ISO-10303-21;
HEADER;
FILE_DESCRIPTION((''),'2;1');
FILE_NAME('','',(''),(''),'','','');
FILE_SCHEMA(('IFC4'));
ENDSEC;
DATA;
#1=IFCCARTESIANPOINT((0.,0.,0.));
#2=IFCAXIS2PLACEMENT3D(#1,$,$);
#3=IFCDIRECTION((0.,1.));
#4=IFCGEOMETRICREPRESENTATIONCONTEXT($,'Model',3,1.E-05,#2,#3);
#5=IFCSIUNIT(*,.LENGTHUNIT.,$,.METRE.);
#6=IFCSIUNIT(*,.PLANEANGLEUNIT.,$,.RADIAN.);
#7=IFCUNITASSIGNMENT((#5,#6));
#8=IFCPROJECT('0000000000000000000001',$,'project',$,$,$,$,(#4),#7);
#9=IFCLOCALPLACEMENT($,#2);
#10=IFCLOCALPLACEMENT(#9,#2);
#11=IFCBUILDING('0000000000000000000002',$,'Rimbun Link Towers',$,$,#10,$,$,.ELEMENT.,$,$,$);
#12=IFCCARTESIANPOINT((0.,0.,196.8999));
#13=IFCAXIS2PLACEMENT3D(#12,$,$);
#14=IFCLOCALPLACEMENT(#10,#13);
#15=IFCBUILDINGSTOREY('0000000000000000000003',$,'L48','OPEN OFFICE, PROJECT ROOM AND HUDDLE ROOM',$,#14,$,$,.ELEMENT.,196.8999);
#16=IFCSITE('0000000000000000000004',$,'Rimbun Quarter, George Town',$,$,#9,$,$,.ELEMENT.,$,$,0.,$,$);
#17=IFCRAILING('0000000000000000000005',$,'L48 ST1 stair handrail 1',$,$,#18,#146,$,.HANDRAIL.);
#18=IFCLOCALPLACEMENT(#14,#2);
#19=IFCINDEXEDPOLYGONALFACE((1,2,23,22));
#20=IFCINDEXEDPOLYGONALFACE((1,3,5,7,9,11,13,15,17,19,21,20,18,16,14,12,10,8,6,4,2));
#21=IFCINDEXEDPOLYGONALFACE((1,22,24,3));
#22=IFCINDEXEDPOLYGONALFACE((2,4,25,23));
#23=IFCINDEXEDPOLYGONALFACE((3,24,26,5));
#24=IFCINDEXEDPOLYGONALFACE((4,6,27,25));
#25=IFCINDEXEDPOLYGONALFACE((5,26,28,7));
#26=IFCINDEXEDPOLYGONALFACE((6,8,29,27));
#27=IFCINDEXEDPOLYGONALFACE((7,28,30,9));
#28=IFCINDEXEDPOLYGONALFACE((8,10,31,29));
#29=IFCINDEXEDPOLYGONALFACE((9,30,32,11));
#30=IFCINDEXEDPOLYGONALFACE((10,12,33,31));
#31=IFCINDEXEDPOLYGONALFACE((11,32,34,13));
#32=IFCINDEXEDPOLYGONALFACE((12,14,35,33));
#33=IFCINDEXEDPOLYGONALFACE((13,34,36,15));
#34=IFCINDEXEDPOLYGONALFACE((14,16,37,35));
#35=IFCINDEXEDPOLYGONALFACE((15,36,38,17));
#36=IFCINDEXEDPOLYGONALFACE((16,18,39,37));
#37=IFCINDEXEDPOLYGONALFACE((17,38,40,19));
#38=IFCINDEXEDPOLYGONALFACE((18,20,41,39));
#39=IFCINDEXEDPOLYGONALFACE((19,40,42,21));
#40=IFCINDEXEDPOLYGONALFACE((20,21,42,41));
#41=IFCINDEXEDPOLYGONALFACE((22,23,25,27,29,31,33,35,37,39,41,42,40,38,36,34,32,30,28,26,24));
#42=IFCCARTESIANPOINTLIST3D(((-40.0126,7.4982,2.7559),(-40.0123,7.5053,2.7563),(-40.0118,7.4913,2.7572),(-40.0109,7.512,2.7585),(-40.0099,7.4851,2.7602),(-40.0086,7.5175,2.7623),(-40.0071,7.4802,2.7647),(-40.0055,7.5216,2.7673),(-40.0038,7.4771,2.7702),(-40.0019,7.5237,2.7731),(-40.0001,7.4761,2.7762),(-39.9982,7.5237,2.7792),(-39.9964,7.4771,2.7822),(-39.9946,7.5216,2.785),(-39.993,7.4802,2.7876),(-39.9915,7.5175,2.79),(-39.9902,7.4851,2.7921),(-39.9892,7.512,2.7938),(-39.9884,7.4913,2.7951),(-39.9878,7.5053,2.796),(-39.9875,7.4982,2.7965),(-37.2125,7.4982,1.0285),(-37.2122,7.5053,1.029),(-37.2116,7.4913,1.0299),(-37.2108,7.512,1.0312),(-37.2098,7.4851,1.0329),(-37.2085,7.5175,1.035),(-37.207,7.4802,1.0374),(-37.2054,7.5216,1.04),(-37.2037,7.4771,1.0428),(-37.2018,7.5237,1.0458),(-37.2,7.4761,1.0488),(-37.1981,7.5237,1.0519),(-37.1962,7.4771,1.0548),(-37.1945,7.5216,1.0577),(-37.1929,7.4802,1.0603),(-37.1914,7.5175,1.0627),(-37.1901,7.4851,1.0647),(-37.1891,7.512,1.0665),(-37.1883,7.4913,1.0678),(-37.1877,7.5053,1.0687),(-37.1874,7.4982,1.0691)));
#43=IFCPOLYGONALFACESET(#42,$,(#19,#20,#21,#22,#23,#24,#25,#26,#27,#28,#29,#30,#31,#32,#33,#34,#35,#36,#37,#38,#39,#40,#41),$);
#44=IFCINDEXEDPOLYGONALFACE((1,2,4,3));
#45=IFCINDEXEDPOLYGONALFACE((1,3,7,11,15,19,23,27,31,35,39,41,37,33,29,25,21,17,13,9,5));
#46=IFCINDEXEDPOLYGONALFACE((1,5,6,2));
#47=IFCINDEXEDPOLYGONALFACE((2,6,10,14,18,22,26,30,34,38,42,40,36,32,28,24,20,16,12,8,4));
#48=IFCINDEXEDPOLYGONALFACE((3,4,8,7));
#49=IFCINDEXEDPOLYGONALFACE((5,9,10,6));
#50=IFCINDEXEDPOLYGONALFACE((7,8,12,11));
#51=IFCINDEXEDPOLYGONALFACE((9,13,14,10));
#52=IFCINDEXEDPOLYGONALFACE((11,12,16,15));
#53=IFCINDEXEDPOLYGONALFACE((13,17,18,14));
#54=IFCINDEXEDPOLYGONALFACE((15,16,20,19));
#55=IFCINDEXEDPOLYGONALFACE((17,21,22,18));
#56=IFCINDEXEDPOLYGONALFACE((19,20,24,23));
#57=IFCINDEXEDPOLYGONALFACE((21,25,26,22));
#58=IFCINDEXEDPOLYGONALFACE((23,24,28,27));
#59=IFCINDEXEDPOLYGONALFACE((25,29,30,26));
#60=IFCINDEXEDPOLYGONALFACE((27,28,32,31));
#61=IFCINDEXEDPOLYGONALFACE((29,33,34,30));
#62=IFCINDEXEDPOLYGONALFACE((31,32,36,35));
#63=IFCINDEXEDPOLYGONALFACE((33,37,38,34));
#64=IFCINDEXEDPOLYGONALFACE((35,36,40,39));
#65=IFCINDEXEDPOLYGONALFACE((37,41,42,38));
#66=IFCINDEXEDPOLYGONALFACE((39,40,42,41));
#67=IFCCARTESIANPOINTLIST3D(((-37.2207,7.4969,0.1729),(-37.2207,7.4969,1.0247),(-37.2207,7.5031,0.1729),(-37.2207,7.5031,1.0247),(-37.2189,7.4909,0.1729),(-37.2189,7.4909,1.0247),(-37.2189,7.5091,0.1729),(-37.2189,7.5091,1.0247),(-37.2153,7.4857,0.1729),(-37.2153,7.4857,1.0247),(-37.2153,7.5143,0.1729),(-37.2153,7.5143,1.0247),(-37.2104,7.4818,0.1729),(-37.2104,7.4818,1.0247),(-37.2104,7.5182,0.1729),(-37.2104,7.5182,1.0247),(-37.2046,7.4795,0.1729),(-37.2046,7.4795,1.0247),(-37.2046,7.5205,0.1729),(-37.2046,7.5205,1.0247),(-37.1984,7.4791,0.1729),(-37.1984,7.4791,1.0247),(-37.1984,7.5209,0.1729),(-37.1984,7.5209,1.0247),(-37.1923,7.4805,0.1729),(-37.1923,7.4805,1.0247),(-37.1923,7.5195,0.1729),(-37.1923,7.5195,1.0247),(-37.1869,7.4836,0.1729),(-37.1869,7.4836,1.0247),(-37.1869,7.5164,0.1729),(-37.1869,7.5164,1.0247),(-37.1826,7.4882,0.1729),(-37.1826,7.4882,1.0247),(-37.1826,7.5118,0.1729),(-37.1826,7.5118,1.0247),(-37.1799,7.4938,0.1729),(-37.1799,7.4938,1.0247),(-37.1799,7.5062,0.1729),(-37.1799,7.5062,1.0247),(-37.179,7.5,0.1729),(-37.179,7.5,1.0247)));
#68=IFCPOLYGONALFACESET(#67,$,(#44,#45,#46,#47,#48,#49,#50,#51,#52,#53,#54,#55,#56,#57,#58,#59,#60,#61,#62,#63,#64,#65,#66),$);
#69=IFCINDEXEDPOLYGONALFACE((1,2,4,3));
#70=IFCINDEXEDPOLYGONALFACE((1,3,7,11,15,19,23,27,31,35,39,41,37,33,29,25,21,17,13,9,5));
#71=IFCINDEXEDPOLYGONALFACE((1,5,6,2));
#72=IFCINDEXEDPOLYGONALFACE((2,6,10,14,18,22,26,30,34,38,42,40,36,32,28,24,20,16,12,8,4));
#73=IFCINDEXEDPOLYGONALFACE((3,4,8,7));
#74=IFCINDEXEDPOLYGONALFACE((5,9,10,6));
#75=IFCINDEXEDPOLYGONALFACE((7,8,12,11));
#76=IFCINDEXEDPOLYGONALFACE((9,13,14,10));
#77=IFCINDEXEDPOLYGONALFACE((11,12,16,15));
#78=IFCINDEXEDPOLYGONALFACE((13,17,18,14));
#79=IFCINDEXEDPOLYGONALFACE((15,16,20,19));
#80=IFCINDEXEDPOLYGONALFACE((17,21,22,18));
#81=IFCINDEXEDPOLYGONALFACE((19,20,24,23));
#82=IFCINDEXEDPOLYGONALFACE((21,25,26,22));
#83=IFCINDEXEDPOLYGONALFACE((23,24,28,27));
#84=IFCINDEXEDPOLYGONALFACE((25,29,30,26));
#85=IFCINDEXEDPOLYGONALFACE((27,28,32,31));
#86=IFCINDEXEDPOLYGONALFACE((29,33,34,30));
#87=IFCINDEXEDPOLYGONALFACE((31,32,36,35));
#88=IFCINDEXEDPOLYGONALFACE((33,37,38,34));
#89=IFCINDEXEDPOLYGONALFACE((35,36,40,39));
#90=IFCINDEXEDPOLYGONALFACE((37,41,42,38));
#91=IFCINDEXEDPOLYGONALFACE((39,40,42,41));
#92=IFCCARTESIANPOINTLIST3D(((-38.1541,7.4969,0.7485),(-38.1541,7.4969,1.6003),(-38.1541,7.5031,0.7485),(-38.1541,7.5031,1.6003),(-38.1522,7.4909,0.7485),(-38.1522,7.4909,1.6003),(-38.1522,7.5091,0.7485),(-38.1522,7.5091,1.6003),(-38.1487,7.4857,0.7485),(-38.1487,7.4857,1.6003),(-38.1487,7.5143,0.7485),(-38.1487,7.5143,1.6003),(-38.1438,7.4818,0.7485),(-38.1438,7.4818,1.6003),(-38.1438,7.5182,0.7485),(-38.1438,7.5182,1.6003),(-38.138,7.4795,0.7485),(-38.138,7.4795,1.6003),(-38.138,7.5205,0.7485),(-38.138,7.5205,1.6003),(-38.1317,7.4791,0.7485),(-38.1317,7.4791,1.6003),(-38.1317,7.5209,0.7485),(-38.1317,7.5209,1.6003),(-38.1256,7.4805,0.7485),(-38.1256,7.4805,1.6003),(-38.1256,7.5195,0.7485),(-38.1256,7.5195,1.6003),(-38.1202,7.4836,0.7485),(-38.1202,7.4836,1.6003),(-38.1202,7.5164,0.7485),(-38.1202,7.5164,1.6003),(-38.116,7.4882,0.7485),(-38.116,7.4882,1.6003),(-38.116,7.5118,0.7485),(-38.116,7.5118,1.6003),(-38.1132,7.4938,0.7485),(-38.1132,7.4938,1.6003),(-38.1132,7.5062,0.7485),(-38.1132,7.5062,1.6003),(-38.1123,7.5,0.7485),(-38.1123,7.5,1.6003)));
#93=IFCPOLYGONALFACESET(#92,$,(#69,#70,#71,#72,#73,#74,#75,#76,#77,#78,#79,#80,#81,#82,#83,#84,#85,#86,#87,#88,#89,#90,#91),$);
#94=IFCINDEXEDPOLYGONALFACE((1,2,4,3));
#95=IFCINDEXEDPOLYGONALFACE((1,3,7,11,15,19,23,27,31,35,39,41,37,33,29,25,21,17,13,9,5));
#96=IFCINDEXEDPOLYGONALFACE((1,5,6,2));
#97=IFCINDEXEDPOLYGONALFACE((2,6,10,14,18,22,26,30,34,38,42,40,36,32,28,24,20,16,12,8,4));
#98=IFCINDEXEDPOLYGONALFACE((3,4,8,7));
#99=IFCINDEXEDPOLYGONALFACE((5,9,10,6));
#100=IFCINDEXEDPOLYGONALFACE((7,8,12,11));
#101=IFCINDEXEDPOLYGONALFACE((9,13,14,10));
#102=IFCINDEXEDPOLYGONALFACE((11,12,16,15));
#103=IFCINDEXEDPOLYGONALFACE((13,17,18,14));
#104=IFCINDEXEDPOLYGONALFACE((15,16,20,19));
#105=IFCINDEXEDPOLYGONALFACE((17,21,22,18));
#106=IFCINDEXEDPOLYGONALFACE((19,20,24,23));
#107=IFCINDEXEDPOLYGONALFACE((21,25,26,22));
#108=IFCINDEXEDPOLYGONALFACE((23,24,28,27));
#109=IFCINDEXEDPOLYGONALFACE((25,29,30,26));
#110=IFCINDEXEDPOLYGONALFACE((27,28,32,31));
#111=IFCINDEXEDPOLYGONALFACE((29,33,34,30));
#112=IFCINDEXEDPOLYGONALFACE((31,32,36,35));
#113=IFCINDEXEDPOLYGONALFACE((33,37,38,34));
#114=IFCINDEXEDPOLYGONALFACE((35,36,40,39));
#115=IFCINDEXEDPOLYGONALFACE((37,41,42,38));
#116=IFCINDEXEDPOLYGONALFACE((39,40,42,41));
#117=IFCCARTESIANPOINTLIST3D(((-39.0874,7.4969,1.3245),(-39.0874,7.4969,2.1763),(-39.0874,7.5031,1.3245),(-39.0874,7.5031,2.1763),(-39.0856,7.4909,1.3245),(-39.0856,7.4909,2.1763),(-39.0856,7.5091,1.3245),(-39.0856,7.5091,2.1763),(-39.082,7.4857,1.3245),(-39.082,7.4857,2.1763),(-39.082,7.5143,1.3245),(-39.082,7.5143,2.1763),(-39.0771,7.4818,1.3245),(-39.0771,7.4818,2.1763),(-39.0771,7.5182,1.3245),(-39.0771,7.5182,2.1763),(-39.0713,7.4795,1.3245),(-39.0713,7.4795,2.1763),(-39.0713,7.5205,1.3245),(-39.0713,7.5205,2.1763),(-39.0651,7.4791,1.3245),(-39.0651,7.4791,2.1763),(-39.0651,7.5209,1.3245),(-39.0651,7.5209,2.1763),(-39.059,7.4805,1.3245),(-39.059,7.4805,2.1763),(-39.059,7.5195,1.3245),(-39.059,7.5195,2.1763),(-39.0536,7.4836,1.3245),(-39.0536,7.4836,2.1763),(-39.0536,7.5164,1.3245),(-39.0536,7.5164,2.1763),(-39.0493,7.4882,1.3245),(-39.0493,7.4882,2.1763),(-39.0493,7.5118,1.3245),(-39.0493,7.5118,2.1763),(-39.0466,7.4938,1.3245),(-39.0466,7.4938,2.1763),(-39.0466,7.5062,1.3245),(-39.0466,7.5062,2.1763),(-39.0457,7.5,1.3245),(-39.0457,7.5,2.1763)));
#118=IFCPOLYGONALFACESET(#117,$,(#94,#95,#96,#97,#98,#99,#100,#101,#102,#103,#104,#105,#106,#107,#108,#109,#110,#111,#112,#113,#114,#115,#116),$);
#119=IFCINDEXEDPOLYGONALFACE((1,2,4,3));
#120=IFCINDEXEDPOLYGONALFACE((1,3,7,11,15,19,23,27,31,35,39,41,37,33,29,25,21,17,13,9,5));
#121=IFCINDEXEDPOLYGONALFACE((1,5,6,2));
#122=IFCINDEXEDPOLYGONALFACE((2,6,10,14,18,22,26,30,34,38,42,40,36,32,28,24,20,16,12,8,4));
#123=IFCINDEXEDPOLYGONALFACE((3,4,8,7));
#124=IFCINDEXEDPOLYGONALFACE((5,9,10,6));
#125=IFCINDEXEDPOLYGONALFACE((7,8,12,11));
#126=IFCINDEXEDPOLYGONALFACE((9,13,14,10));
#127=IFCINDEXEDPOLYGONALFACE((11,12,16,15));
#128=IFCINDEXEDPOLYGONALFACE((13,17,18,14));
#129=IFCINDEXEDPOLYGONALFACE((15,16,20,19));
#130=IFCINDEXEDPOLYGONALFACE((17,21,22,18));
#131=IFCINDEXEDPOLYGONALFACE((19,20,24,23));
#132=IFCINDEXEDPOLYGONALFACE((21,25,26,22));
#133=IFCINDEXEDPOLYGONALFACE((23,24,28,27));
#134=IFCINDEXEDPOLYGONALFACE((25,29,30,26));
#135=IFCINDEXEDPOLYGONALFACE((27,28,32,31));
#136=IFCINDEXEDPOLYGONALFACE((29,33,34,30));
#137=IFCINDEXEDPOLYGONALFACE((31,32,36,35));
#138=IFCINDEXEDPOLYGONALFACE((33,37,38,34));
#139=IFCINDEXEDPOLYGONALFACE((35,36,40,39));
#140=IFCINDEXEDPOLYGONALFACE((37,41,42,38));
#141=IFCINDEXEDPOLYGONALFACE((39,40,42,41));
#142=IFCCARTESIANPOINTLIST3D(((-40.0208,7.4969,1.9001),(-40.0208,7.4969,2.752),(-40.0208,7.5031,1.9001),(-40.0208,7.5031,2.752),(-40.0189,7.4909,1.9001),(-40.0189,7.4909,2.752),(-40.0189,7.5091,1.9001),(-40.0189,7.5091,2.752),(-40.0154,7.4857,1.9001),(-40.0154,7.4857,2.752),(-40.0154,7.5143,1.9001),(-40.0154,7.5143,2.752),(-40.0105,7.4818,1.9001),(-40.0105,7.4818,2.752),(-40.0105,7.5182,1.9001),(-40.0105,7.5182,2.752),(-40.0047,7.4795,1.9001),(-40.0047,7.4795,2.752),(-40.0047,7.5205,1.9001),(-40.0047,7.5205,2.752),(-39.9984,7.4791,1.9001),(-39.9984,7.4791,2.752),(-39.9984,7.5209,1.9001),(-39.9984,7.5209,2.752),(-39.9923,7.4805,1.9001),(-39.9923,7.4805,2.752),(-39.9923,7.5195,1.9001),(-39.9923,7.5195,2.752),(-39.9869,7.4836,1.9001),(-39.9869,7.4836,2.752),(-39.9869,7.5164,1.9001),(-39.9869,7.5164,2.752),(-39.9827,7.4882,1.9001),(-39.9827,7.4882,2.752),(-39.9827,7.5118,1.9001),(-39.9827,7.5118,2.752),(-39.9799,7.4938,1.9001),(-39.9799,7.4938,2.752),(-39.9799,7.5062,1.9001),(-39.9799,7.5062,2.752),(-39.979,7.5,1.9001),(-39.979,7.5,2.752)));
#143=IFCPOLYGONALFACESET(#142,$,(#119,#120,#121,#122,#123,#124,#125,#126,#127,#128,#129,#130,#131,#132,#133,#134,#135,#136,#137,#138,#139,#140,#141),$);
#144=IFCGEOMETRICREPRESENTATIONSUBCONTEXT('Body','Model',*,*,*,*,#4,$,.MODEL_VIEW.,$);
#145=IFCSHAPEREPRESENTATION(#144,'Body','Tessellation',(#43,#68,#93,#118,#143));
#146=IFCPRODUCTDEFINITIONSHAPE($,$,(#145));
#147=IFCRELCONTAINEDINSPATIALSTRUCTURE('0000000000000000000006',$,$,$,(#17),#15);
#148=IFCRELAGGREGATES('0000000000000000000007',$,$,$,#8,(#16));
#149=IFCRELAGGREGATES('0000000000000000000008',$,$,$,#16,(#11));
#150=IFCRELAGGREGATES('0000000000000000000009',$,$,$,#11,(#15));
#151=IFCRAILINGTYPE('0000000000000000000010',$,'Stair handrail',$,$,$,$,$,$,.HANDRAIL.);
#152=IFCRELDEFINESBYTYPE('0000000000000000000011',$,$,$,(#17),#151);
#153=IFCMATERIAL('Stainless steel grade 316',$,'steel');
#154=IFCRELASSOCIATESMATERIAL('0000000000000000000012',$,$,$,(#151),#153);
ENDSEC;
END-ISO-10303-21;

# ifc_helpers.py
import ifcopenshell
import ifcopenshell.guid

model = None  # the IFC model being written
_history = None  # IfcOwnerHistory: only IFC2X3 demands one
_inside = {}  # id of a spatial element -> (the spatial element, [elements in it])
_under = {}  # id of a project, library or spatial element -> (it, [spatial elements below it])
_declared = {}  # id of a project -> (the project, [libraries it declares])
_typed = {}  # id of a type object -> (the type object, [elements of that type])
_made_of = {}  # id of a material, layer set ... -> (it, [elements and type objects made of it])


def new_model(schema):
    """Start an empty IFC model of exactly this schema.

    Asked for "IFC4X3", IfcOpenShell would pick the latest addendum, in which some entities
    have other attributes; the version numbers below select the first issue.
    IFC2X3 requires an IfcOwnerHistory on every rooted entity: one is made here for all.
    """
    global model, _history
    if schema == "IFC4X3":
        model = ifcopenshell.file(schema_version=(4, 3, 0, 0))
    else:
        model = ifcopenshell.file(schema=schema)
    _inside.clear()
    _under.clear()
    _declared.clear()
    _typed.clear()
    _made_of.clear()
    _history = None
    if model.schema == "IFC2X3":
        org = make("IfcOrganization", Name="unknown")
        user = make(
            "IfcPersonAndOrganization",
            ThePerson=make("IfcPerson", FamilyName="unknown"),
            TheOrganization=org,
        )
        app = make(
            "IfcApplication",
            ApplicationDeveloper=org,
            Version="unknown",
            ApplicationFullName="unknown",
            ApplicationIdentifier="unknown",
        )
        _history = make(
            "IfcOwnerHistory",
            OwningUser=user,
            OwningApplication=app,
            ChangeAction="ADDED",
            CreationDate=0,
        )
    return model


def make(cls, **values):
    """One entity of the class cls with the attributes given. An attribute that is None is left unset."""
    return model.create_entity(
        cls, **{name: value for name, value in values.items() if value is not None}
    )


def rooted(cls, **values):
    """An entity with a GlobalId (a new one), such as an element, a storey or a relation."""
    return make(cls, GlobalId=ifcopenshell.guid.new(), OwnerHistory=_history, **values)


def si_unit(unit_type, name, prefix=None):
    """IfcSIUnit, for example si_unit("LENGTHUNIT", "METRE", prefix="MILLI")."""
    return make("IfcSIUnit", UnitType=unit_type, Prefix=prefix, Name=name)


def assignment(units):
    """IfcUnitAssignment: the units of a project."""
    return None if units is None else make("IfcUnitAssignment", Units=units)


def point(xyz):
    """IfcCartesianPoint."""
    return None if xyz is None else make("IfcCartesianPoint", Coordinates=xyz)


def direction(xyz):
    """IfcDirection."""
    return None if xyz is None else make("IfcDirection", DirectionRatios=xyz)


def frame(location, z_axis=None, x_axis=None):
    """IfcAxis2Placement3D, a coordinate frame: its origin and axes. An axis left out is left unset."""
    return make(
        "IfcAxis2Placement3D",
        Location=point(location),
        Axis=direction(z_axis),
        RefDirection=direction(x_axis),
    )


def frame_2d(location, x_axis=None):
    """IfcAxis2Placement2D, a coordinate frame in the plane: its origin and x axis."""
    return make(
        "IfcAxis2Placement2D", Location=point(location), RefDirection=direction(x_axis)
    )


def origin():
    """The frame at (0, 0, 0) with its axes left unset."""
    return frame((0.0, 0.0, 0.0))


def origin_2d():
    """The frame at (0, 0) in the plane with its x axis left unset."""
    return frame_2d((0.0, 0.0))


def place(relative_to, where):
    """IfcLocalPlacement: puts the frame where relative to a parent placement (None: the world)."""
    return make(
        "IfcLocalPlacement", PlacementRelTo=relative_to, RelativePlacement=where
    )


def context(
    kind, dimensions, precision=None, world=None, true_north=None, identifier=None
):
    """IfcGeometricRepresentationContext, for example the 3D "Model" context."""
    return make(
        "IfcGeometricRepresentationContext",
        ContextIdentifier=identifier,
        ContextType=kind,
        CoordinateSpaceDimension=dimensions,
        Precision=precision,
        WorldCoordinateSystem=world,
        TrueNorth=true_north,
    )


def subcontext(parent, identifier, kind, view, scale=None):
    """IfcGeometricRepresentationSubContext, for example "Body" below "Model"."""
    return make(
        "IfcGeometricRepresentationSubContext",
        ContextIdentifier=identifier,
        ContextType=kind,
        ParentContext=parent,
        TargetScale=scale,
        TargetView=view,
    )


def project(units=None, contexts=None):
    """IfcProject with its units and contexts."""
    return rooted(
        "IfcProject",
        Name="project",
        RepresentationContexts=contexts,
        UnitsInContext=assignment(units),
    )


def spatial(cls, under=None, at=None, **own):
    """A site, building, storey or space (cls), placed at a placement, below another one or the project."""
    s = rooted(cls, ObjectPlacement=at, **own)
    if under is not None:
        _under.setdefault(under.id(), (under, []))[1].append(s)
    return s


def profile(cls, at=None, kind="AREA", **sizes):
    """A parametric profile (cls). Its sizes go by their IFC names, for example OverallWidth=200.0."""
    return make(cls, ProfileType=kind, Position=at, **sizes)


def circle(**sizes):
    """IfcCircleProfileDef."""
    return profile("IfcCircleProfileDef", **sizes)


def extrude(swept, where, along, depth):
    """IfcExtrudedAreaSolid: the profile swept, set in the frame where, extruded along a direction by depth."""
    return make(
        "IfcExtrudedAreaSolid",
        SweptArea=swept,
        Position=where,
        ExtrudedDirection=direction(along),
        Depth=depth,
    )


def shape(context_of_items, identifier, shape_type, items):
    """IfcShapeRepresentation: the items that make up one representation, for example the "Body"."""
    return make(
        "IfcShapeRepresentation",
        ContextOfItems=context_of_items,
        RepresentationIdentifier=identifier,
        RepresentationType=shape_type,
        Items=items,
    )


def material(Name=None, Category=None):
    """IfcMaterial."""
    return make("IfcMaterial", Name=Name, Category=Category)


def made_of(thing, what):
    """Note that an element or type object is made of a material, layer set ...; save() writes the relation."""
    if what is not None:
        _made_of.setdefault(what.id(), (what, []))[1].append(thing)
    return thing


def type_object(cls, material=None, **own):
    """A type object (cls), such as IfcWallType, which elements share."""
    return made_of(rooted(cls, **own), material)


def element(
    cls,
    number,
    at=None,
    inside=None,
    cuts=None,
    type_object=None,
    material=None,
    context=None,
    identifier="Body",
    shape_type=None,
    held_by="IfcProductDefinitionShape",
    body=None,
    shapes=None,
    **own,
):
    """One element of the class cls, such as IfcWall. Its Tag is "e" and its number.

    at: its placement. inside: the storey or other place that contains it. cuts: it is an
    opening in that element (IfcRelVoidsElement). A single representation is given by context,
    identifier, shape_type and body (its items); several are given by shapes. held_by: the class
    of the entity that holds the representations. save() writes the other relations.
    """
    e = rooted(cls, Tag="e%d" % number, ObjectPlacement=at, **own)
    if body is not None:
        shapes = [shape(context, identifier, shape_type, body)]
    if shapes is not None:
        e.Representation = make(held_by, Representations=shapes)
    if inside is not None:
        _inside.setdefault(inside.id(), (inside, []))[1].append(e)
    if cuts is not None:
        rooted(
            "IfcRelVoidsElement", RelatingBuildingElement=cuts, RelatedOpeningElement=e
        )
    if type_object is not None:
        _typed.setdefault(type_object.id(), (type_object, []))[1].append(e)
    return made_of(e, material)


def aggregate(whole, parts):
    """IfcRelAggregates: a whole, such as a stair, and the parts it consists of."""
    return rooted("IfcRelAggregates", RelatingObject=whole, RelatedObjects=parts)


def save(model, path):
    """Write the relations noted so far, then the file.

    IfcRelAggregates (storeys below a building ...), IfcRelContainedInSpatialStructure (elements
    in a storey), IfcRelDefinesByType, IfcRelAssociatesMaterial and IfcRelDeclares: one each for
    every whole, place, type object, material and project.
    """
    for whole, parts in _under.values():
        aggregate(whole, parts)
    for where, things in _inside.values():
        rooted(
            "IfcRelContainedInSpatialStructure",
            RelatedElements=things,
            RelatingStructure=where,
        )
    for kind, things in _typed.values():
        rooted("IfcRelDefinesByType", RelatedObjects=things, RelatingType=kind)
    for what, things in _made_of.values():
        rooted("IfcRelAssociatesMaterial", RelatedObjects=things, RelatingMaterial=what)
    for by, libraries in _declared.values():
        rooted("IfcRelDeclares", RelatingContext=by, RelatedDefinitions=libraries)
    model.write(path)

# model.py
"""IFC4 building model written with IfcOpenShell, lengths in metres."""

from ifc_helpers import new_model, si_unit, direction, frame, origin, origin_2d, place, context, subcontext, project, spatial, circle, extrude, material, type_object, element, save


model = new_model("IFC4")

# Units and contexts
model_context = context("Model", 3, precision=1e-05, world=origin(), true_north=direction((0.0, 1.0)))
body_context = subcontext(model_context, "Body", "Model", "MODEL_VIEW")
ifc_project = project(units=[si_unit("LENGTHUNIT", "METRE"), si_unit("PLANEANGLEUNIT", "RADIAN")], contexts=[model_context])

# Site, building, storey
site_placement = place(None, origin())
site = spatial("IfcSite", under=ifc_project, at=site_placement, Name="Rimbun Quarter, George Town", CompositionType="ELEMENT", RefElevation=0.0)
building_placement = place(site_placement, origin())
building = spatial("IfcBuilding", under=site, at=building_placement, Name="Rimbun Link Towers", CompositionType="ELEMENT")
storey_placement = place(building_placement, frame((0.0, 0.0, 196.8999)))
storey = spatial("IfcBuildingStorey", under=building, at=storey_placement, Name="L48", Description="OPEN OFFICE, PROJECT ROOM AND HUDDLE ROOM", CompositionType="ELEMENT", Elevation=196.8999)

# Railing
ifc_material_1 = material(Name="Stainless steel grade 316", Category="steel")
railing_type_1 = type_object("IfcRailingType", Name="Stair handrail", PredefinedType="HANDRAIL", material=ifc_material_1)
railing_1_placement = place(storey_placement, frame((-37.2, 7.5, 0.1729)))
element("IfcRailing", 1, at=railing_1_placement, inside=storey, type_object=railing_type_1, Name="L48 ST1 stair handrail 1", PredefinedType="HANDRAIL", context=body_context, shape_type="SweptSolid", body=[
    extrude(circle(Radius=0.0239, at=origin_2d()), frame((0.0, 0.0, 0.876), z_axis=(-0.85109, 0.0, 0.52502), x_axis=(0.0, -1.0, 0.0)), (0.0, 0.0, 1.0), 3.29),
    extrude(circle(Radius=0.021, at=origin_2d()), origin(), (0.0, 0.0, 1.0), 0.8518),
    extrude(circle(Radius=0.021, at=origin_2d()), frame((-0.9333, 0.0, 0.5757)), (0.0, 0.0, 1.0), 0.8518),
    extrude(circle(Radius=0.021, at=origin_2d()), frame((-1.8667, 0.0, 1.1516)), (0.0, 0.0, 1.0), 0.8518),
    extrude(circle(Radius=0.021, at=origin_2d()), frame((-2.8, 0.0, 1.7273)), (0.0, 0.0, 1.0), 0.8518),
])

save(model, "model.ifc")
